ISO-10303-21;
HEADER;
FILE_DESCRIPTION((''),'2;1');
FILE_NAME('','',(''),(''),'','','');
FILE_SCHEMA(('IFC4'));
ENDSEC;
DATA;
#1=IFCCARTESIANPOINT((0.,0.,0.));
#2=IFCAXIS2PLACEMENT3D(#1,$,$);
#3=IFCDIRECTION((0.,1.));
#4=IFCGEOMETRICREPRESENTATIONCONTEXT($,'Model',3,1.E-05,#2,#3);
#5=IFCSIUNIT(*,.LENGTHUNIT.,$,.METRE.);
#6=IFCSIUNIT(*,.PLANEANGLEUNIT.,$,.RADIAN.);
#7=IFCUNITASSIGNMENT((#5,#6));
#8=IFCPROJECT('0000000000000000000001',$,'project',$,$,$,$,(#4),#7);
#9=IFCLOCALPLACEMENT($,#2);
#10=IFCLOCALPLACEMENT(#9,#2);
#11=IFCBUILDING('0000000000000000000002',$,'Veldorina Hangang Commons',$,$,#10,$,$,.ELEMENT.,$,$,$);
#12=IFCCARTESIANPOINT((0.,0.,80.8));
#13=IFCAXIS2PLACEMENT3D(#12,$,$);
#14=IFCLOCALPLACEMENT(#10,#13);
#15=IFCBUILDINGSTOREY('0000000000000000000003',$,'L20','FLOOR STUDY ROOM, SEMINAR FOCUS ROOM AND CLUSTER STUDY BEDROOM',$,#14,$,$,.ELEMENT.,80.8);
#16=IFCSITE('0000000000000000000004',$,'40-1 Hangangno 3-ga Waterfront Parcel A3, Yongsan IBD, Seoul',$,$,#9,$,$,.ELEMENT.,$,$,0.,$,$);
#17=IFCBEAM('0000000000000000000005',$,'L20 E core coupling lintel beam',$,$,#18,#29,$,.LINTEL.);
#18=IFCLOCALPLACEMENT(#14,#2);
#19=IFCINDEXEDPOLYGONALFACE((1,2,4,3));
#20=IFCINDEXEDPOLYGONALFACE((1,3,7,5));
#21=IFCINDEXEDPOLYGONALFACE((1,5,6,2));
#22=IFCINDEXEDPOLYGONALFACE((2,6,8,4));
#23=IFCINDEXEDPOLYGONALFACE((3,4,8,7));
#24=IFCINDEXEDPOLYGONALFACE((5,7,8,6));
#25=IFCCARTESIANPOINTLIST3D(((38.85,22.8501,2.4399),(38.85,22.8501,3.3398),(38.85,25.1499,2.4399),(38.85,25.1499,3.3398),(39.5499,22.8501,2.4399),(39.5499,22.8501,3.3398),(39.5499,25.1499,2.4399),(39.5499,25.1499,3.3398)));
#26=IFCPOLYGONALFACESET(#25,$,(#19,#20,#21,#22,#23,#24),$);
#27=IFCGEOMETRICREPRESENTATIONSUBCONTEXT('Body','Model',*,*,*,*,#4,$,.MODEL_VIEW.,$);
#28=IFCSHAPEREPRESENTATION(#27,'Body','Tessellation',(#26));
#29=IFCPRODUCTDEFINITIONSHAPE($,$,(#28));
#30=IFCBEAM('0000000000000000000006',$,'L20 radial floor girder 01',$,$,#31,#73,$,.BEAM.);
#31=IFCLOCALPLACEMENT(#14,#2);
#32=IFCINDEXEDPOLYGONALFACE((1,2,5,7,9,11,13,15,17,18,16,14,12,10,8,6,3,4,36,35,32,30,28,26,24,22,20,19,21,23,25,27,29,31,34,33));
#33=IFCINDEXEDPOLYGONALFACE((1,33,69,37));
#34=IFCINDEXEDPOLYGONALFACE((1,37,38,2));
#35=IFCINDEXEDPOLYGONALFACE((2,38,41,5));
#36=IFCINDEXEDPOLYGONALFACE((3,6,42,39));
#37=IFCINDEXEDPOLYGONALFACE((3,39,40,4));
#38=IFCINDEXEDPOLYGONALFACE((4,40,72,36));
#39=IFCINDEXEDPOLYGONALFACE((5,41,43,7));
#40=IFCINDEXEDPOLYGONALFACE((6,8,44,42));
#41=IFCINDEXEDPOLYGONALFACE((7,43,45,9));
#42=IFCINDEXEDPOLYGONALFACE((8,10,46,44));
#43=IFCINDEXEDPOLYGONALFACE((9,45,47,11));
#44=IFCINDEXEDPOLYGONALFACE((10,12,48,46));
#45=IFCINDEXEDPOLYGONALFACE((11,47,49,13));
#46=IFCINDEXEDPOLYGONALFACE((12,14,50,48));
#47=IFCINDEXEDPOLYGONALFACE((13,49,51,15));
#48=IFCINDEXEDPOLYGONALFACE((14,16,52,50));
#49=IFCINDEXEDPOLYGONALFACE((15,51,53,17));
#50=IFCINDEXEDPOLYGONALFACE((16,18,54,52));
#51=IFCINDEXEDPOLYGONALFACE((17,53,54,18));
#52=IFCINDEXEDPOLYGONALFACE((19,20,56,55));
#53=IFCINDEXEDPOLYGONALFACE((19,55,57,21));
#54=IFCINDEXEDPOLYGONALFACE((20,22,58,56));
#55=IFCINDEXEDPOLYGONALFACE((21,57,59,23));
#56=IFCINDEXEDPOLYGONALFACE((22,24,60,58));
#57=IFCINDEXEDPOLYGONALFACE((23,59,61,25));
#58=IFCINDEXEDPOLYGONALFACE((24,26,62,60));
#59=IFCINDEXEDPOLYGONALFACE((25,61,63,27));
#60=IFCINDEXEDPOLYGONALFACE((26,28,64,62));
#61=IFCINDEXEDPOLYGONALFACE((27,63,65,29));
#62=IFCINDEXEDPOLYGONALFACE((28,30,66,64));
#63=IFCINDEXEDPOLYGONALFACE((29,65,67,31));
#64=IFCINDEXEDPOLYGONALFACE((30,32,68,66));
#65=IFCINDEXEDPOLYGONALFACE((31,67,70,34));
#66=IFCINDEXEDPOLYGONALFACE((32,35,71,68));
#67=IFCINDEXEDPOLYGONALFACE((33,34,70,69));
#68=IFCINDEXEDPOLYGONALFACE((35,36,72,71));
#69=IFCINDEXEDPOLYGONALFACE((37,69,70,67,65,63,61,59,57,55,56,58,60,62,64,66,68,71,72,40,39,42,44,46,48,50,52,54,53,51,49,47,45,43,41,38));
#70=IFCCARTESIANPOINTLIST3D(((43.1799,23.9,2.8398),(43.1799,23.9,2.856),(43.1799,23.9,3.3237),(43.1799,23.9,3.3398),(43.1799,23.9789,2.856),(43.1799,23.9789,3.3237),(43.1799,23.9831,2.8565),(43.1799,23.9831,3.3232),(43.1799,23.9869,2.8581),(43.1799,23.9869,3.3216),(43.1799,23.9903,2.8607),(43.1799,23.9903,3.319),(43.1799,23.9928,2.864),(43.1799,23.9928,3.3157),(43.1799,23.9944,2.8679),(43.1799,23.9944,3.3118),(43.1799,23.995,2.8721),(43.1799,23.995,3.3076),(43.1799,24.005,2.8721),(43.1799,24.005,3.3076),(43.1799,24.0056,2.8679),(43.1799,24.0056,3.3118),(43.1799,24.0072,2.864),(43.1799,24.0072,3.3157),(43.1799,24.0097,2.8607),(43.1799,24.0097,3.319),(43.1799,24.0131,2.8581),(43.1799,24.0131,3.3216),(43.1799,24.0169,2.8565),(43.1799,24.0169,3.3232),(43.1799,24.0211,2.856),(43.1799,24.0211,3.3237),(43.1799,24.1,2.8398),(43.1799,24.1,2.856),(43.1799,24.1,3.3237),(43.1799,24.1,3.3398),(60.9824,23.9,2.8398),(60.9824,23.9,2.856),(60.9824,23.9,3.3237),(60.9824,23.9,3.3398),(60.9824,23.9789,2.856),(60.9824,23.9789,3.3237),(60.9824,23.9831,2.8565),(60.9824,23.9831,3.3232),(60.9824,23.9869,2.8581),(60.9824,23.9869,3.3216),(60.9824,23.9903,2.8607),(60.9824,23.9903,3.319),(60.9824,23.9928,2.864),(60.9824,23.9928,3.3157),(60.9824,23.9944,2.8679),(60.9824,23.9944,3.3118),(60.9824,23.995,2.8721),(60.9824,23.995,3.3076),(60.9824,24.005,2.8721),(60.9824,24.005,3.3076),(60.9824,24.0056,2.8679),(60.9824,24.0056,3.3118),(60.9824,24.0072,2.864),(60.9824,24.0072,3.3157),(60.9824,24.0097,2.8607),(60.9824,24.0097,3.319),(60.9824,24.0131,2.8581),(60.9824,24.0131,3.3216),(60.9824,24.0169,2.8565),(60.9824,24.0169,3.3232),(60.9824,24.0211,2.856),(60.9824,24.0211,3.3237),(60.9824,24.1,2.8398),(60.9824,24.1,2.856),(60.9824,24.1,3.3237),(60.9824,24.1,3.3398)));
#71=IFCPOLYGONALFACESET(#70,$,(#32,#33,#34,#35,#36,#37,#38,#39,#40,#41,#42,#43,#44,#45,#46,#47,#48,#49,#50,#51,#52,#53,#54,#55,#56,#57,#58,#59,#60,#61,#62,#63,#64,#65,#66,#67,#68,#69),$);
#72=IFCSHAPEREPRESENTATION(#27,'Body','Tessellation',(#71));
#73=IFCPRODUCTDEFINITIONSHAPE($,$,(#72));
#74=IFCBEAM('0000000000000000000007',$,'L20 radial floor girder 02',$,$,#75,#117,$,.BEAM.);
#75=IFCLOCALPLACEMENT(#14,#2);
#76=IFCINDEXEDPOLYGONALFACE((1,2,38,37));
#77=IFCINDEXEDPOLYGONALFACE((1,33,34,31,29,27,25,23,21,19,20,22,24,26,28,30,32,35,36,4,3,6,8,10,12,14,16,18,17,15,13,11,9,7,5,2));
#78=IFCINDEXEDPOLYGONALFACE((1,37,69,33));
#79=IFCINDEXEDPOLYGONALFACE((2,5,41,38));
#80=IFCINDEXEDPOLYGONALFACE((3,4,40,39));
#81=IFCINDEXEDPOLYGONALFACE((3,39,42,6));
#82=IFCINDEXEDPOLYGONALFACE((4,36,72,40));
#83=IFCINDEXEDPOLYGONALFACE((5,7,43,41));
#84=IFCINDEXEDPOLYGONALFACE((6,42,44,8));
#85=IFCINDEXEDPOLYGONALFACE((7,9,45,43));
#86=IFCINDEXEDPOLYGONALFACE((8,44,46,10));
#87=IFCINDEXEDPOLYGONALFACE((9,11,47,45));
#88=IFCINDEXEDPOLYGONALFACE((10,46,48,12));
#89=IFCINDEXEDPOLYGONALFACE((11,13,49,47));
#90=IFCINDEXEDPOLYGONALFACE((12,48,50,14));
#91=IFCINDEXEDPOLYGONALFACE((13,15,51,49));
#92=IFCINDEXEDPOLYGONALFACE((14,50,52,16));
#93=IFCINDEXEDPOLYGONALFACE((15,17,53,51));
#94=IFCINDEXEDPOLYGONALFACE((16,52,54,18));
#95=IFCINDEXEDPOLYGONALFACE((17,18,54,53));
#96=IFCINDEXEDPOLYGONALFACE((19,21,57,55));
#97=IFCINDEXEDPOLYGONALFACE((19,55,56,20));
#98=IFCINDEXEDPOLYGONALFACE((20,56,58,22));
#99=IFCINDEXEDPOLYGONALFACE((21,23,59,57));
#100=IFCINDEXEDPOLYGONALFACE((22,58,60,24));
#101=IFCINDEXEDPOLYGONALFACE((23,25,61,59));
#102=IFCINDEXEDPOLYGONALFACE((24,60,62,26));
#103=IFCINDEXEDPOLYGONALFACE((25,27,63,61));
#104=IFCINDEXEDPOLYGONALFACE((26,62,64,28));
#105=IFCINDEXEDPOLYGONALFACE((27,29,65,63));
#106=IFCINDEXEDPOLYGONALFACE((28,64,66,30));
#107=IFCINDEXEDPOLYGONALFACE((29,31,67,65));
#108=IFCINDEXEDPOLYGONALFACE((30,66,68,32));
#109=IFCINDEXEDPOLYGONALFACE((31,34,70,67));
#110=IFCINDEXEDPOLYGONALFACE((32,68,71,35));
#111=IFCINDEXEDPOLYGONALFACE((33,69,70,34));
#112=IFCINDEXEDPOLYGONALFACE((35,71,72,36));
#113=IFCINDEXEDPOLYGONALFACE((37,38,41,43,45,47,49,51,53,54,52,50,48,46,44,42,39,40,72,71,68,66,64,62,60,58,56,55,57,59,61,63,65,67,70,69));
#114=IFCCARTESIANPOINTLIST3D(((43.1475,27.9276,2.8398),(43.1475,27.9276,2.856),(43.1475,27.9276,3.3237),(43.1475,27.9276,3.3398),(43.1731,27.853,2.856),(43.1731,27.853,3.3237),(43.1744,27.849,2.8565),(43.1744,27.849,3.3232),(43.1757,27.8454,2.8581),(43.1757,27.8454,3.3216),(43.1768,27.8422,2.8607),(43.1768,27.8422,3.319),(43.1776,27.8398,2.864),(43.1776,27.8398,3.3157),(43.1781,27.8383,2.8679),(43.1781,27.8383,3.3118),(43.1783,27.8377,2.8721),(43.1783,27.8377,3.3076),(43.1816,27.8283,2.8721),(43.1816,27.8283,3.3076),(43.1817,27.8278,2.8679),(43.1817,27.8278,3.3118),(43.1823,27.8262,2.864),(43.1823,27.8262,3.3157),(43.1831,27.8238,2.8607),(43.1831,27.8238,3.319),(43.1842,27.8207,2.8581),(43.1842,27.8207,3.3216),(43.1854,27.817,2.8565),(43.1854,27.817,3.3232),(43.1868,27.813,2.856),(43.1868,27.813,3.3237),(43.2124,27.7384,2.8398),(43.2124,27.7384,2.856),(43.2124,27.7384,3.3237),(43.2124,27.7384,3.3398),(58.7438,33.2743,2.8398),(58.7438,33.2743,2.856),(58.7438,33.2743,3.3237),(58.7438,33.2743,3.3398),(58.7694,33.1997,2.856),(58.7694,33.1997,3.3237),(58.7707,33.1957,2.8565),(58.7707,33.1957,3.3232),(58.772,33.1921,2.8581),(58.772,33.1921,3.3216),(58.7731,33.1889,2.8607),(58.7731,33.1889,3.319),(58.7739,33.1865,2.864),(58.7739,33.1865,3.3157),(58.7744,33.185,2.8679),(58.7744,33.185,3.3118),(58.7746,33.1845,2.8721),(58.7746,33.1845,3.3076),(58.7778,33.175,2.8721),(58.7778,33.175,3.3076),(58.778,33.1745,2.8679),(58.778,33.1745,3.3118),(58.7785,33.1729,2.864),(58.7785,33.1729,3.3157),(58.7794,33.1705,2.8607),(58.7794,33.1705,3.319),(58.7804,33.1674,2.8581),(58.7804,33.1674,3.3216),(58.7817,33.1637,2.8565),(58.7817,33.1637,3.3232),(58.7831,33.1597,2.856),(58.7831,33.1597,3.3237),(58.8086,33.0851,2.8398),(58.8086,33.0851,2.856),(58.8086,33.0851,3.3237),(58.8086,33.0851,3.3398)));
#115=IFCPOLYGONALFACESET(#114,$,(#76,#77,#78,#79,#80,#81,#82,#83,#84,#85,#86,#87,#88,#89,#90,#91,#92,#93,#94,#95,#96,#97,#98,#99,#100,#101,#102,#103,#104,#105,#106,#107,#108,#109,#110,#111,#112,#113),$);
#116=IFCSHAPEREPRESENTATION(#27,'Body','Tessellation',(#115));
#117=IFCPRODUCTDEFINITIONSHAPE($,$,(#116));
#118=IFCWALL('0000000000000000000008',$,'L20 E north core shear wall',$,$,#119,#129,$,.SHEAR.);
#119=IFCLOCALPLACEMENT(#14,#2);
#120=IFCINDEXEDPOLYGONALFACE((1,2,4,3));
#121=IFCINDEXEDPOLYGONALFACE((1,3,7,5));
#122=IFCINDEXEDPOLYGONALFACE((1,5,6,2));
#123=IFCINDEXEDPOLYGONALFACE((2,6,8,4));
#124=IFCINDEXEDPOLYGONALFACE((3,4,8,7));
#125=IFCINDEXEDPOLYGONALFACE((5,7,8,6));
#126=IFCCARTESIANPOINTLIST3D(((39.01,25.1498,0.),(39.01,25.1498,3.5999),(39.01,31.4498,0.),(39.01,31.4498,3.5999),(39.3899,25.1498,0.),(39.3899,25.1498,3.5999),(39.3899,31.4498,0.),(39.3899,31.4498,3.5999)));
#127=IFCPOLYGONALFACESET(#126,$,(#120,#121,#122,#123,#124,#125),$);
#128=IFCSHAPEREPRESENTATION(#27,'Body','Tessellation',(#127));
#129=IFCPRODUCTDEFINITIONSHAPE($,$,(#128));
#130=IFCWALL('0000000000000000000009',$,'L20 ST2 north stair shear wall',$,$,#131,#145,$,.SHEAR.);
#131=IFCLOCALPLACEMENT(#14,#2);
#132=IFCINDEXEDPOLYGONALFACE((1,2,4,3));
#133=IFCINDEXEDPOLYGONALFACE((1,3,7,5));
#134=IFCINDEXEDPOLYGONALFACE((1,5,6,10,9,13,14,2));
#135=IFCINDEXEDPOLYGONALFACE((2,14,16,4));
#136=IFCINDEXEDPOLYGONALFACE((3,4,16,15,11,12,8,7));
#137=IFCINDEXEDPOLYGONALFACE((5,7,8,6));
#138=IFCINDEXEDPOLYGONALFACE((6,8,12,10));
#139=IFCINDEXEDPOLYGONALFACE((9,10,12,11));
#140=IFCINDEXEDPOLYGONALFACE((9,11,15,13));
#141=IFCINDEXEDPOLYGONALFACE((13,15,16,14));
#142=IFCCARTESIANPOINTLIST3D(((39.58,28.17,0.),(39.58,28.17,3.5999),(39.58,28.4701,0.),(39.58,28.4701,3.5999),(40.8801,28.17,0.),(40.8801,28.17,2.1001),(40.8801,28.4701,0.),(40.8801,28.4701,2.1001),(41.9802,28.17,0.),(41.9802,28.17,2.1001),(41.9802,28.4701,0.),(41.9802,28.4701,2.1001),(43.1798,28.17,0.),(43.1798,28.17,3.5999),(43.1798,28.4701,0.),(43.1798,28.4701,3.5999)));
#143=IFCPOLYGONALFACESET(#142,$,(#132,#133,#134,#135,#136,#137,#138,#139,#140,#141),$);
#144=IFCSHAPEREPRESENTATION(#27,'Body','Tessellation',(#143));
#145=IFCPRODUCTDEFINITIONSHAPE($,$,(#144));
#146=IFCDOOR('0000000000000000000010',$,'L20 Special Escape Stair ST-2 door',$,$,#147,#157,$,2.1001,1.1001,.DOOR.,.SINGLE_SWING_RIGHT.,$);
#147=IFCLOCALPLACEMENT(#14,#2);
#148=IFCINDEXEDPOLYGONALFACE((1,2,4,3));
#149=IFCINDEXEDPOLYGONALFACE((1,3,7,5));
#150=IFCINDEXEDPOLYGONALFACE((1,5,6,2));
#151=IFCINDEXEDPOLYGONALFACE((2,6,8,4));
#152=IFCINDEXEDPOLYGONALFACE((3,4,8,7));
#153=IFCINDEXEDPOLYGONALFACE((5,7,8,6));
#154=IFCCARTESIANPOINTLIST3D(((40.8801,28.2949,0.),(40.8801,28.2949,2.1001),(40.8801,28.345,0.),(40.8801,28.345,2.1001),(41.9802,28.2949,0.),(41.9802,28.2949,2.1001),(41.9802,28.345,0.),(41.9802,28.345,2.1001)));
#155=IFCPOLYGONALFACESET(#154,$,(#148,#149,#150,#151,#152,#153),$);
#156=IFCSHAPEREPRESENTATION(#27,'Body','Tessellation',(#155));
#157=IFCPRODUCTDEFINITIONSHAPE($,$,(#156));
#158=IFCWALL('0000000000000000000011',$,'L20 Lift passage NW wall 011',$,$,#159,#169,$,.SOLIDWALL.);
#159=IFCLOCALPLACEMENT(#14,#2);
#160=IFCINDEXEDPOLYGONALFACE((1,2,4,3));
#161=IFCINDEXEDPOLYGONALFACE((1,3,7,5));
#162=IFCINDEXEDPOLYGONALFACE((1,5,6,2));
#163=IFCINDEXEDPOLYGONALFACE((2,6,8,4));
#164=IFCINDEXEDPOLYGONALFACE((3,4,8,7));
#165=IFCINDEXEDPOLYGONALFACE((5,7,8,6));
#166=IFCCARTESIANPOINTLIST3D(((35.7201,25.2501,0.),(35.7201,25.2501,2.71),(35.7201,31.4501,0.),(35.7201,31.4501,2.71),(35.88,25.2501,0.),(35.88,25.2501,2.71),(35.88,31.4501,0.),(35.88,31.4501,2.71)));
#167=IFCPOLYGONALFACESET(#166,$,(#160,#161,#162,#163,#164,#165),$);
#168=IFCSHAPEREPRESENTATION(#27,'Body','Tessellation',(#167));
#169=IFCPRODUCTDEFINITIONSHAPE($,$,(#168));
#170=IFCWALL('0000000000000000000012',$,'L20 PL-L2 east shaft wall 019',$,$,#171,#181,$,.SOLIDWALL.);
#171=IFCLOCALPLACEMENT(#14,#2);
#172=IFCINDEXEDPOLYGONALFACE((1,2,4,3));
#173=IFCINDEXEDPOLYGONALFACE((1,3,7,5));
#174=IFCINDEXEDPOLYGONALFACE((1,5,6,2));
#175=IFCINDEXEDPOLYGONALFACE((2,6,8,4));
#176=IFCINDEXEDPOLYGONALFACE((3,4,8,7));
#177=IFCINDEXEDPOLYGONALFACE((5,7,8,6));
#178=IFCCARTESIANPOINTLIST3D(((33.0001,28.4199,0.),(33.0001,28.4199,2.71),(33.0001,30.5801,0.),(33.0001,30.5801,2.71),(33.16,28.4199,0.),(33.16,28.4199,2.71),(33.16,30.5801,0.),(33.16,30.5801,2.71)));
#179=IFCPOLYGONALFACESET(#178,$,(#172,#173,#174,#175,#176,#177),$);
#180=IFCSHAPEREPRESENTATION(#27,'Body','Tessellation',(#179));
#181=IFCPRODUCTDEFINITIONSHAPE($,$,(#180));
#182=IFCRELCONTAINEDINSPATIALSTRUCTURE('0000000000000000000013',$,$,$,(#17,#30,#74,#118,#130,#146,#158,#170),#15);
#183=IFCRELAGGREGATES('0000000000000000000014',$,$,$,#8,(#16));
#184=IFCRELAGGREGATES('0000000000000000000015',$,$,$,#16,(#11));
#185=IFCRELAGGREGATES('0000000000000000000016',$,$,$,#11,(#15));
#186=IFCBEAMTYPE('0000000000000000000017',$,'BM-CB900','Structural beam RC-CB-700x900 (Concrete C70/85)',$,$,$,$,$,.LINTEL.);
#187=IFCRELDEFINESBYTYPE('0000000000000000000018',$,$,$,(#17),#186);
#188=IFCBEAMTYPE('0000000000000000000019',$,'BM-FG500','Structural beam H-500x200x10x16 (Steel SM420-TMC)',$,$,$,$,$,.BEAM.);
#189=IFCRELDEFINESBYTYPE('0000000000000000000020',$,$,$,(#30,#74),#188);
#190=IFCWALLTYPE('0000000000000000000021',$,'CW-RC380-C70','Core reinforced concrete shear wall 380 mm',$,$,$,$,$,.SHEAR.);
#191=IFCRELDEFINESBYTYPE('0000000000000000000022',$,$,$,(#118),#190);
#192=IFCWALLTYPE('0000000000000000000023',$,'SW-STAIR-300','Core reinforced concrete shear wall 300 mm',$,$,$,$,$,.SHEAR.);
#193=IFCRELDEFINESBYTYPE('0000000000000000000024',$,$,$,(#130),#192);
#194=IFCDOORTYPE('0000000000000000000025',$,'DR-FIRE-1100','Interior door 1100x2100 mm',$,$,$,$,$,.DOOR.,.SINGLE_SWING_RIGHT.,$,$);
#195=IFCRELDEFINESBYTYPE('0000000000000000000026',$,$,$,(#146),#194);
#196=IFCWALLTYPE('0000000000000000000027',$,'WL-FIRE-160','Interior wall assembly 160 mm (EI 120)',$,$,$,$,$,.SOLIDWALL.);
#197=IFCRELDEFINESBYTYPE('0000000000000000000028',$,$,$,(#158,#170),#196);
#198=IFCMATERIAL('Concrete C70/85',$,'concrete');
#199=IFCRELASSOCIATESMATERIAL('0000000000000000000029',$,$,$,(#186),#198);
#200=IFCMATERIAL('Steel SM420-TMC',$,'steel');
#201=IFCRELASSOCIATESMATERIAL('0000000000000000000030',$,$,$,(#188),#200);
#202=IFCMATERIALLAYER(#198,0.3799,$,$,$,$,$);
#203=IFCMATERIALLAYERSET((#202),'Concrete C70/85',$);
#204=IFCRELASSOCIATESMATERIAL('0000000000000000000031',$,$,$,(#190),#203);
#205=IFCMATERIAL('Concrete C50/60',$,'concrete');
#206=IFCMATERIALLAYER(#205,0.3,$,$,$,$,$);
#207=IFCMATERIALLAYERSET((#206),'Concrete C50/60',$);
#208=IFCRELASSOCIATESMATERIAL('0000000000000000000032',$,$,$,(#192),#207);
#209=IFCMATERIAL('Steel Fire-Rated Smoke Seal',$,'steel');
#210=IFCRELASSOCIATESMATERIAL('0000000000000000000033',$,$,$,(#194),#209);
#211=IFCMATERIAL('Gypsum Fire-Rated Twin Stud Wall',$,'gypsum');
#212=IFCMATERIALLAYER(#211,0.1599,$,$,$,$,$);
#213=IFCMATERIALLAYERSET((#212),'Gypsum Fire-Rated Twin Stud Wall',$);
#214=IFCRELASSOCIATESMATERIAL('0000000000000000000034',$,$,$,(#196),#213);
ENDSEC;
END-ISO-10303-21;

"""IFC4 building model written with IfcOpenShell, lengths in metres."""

from ifc_helpers import new_model, si_unit, direction, frame, frame_2d, origin, origin_2d, place, context, subcontext, project, spatial, rectangle, i_section, extrude, material, layer, layer_set, material_profile, profile_set, type_object, element, fill, save


model = new_model("IFC4")

# Units and contexts
model_context = context("Model", 3, precision=1e-05, world=origin(), true_north=direction((0.0, 1.0)))
body_context = subcontext(model_context, "Body", "Model", "MODEL_VIEW")
ifc_project = project(units=[si_unit("LENGTHUNIT", "METRE"), si_unit("PLANEANGLEUNIT", "RADIAN")], contexts=[model_context])

# Site, building, storey
site_placement = place(None, origin())
site = spatial("IfcSite", under=ifc_project, at=site_placement, Name="40-1 Hangangno 3-ga Waterfront Parcel A3, Yongsan IBD, Seoul", CompositionType="ELEMENT", RefElevation=0.0)
building_placement = place(site_placement, origin())
building = spatial("IfcBuilding", under=site, at=building_placement, Name="Veldorina Hangang Commons", CompositionType="ELEMENT")
storey_placement = place(building_placement, frame((0.0, 0.0, 80.8)))
storey = spatial("IfcBuildingStorey", under=building, at=storey_placement, Name="L20", Description="FLOOR STUDY ROOM, SEMINAR FOCUS ROOM AND CLUSTER STUDY BEDROOM", CompositionType="ELEMENT", Elevation=80.8)

# Beams
ifc_material_1 = material(Name="Concrete C70/85", Category="concrete")
ifc_material_profile_1 = material_profile(ifc_material_1, rectangle(XDim=0.7, YDim=0.8999, at=origin_2d()), Name="RC-CB-700x900")
ifc_profile_set_1 = profile_set([ifc_material_profile_1], Name="Concrete C70/85")
beam_type_1 = type_object("IfcBeamType", Name="BM-CB900", Description="Structural beam RC-CB-700x900 (Concrete C70/85)", PredefinedType="LINTEL", material=ifc_profile_set_1)
beam_1_placement = place(storey_placement, frame((39.2, 22.8501, 2.8899), z_axis=(0.0, 1.0, 0.0), x_axis=(-1.0, 0.0, 0.0)))
element("IfcBeam", 1, at=beam_1_placement, inside=storey, type_object=beam_type_1, Name="L20 E core coupling lintel beam", PredefinedType="LINTEL", context=body_context, shape_type="SweptSolid", body=[
    extrude(rectangle(XDim=0.7, YDim=0.8999, at=origin_2d()), origin(), (0.0, 0.0, 1.0), 2.2998),
])
ifc_material_2 = material(Name="Steel SM420-TMC", Category="steel")
ifc_material_profile_2 = material_profile(ifc_material_2, i_section(OverallWidth=0.2, OverallDepth=0.5, WebThickness=0.01, FlangeThickness=0.0161, FilletRadius=0.0161, at=origin_2d()), Name="H-500x200x10x16")
ifc_profile_set_2 = profile_set([ifc_material_profile_2], Name="Steel SM420-TMC")
beam_type_2 = type_object("IfcBeamType", Name="BM-FG500", Description="Structural beam H-500x200x10x16 (Steel SM420-TMC)", PredefinedType="BEAM", material=ifc_profile_set_2)
beam_2_placement = place(storey_placement, frame((43.1799, 24.0, 3.0898), z_axis=(1.0, 0.0, 0.0), x_axis=(0.0, 1.0, 0.0)))
element("IfcBeam", 2, at=beam_2_placement, inside=storey, type_object=beam_type_2, Name="L20 radial floor girder 01", PredefinedType="BEAM", context=body_context, shape_type="SweptSolid", body=[
    extrude(i_section(OverallWidth=0.2, OverallDepth=0.5, WebThickness=0.01, FlangeThickness=0.0161, FilletRadius=0.0161, at=origin_2d()), origin(), (0.0, 0.0, 1.0), 17.8025),
])
beam_3_placement = place(storey_placement, frame((43.1799, 27.833, 3.0898), z_axis=(0.945957, 0.324293, 0.0), x_axis=(-0.324293, 0.945957, 0.0)))
element("IfcBeam", 3, at=beam_3_placement, inside=storey, type_object=beam_type_2, Name="L20 radial floor girder 02", PredefinedType="BEAM", context=body_context, shape_type="SweptSolid", body=[
    extrude(i_section(OverallWidth=0.2, OverallDepth=0.5, WebThickness=0.01, FlangeThickness=0.0161, FilletRadius=0.0161, at=origin_2d()), origin(), (0.0, 0.0, 1.0), 16.4873),
])

# Wall
ifc_layer_1 = layer(ifc_material_1, 0.3799)
ifc_layer_set_1 = layer_set([ifc_layer_1], Name="Concrete C70/85")
wall_type_1 = type_object("IfcWallType", Name="CW-RC380-C70", Description="Core reinforced concrete shear wall 380 mm", PredefinedType="SHEAR", material=ifc_layer_set_1)
wall_1_placement = place(storey_placement, frame((39.2, 25.1499, 0.0), z_axis=(0.0, 0.0, 1.0), x_axis=(0.0, 1.0, 0.0)))
element("IfcWall", 4, at=wall_1_placement, inside=storey, type_object=wall_type_1, Name="L20 E north core shear wall", PredefinedType="SHEAR", context=body_context, shape_type="SweptSolid", body=[
    extrude(rectangle(XDim=6.3, YDim=0.3799, at=frame_2d((3.1499, 0.0))), origin(), (0.0, 0.0, 1.0), 3.5999),
])

# Wall, opening, door
ifc_material_3 = material(Name="Concrete C50/60", Category="concrete")
ifc_layer_2 = layer(ifc_material_3, 0.3)
ifc_layer_set_2 = layer_set([ifc_layer_2], Name="Concrete C50/60")
wall_type_2 = type_object("IfcWallType", Name="SW-STAIR-300", Description="Core reinforced concrete shear wall 300 mm", PredefinedType="SHEAR", material=ifc_layer_set_2)
wall_2_placement = place(storey_placement, frame((39.5801, 28.3201, 0.0), z_axis=(0.0, 0.0, 1.0), x_axis=(1.0, 0.0, 0.0)))
wall_2 = element("IfcWall", 5, at=wall_2_placement, inside=storey, type_object=wall_type_2, Name="L20 ST2 north stair shear wall", PredefinedType="SHEAR", context=body_context, shape_type="SweptSolid", body=[
    extrude(rectangle(XDim=3.5999, YDim=0.3, at=frame_2d((1.7998, 0.0))), origin(), (0.0, 0.0, 1.0), 3.5999),
])
opening_1_placement = place(wall_2_placement, frame((1.3, 0.0, 0.0)))
opening_1 = element("IfcOpeningElement", 6, at=opening_1_placement, cuts=wall_2, PredefinedType="OPENING", context=body_context, shape_type="SweptSolid", body=[
    extrude(rectangle(XDim=1.1001, YDim=2.1001, at=frame_2d((0.55, 1.05))), frame((0.0, 0.1602, 0.0), z_axis=(0.0, -1.0, 0.0), x_axis=(1.0, 0.0, 0.0)), (0.0, 0.0, 1.0), 0.3201),
])
ifc_material_4 = material(Name="Steel Fire-Rated Smoke Seal", Category="steel")
door_type_1 = type_object("IfcDoorType", Name="DR-FIRE-1100", Description="Interior door 1100x2100 mm", OperationType="SINGLE_SWING_RIGHT", PredefinedType="DOOR", material=ifc_material_4)
door_1_placement = place(opening_1_placement, origin())
door_1 = element("IfcDoor", 7, at=door_1_placement, inside=storey, type_object=door_type_1, Name="L20 Special Escape Stair ST-2 door", OperationType="SINGLE_SWING_RIGHT", OverallHeight=2.1001, OverallWidth=1.1001, PredefinedType="DOOR", context=body_context, shape_type="SweptSolid", body=[
    extrude(rectangle(XDim=1.1001, YDim=2.1001, at=frame_2d((0.55, 1.05))), frame((0.0, 0.0249, 0.0), z_axis=(0.0, -1.0, 0.0), x_axis=(1.0, 0.0, 0.0)), (0.0, 0.0, 1.0), 0.05),
])
fill(opening_1, door_1)

# Walls
ifc_material_5 = material(Name="Gypsum Fire-Rated Twin Stud Wall", Category="gypsum")
ifc_layer_3 = layer(ifc_material_5, 0.1599)
ifc_layer_set_3 = layer_set([ifc_layer_3], Name="Gypsum Fire-Rated Twin Stud Wall")
wall_type_3 = type_object("IfcWallType", Name="WL-FIRE-160", Description="Interior wall assembly 160 mm (EI 120)", PredefinedType="SOLIDWALL", material=ifc_layer_set_3)
wall_3_placement = place(storey_placement, frame((35.8, 25.25, 0.0), z_axis=(0.0, 0.0, 1.0), x_axis=(0.0, 1.0, 0.0)))
element("IfcWall", 8, at=wall_3_placement, inside=storey, type_object=wall_type_3, Name="L20 Lift passage NW wall 011", PredefinedType="SOLIDWALL", context=body_context, shape_type="SweptSolid", body=[
    extrude(rectangle(XDim=6.2, YDim=0.1599, at=frame_2d((3.1001, 0.0))), origin(), (0.0, 0.0, 1.0), 2.71),
])
for number, where, z_axis, x_axis, name in (
    (9, (33.0801, 28.4199, 0.0), (0.0, 0.0, 1.0), (0.0, 1.0, 0.0), "L20 PL-L2 east shaft wall 019"),
):
    element("IfcWall", number, at=place(storey_placement, frame(where, z_axis=z_axis, x_axis=x_axis)), inside=storey, type_object=wall_type_3, Name=name, PredefinedType="SOLIDWALL", context=body_context, shape_type="SweptSolid", body=[
        extrude(rectangle(XDim=2.1602, YDim=0.1599, at=frame_2d((1.0801, 0.0))), origin(), (0.0, 0.0, 1.0), 2.71),
    ])

save(model, "model.ifc")
